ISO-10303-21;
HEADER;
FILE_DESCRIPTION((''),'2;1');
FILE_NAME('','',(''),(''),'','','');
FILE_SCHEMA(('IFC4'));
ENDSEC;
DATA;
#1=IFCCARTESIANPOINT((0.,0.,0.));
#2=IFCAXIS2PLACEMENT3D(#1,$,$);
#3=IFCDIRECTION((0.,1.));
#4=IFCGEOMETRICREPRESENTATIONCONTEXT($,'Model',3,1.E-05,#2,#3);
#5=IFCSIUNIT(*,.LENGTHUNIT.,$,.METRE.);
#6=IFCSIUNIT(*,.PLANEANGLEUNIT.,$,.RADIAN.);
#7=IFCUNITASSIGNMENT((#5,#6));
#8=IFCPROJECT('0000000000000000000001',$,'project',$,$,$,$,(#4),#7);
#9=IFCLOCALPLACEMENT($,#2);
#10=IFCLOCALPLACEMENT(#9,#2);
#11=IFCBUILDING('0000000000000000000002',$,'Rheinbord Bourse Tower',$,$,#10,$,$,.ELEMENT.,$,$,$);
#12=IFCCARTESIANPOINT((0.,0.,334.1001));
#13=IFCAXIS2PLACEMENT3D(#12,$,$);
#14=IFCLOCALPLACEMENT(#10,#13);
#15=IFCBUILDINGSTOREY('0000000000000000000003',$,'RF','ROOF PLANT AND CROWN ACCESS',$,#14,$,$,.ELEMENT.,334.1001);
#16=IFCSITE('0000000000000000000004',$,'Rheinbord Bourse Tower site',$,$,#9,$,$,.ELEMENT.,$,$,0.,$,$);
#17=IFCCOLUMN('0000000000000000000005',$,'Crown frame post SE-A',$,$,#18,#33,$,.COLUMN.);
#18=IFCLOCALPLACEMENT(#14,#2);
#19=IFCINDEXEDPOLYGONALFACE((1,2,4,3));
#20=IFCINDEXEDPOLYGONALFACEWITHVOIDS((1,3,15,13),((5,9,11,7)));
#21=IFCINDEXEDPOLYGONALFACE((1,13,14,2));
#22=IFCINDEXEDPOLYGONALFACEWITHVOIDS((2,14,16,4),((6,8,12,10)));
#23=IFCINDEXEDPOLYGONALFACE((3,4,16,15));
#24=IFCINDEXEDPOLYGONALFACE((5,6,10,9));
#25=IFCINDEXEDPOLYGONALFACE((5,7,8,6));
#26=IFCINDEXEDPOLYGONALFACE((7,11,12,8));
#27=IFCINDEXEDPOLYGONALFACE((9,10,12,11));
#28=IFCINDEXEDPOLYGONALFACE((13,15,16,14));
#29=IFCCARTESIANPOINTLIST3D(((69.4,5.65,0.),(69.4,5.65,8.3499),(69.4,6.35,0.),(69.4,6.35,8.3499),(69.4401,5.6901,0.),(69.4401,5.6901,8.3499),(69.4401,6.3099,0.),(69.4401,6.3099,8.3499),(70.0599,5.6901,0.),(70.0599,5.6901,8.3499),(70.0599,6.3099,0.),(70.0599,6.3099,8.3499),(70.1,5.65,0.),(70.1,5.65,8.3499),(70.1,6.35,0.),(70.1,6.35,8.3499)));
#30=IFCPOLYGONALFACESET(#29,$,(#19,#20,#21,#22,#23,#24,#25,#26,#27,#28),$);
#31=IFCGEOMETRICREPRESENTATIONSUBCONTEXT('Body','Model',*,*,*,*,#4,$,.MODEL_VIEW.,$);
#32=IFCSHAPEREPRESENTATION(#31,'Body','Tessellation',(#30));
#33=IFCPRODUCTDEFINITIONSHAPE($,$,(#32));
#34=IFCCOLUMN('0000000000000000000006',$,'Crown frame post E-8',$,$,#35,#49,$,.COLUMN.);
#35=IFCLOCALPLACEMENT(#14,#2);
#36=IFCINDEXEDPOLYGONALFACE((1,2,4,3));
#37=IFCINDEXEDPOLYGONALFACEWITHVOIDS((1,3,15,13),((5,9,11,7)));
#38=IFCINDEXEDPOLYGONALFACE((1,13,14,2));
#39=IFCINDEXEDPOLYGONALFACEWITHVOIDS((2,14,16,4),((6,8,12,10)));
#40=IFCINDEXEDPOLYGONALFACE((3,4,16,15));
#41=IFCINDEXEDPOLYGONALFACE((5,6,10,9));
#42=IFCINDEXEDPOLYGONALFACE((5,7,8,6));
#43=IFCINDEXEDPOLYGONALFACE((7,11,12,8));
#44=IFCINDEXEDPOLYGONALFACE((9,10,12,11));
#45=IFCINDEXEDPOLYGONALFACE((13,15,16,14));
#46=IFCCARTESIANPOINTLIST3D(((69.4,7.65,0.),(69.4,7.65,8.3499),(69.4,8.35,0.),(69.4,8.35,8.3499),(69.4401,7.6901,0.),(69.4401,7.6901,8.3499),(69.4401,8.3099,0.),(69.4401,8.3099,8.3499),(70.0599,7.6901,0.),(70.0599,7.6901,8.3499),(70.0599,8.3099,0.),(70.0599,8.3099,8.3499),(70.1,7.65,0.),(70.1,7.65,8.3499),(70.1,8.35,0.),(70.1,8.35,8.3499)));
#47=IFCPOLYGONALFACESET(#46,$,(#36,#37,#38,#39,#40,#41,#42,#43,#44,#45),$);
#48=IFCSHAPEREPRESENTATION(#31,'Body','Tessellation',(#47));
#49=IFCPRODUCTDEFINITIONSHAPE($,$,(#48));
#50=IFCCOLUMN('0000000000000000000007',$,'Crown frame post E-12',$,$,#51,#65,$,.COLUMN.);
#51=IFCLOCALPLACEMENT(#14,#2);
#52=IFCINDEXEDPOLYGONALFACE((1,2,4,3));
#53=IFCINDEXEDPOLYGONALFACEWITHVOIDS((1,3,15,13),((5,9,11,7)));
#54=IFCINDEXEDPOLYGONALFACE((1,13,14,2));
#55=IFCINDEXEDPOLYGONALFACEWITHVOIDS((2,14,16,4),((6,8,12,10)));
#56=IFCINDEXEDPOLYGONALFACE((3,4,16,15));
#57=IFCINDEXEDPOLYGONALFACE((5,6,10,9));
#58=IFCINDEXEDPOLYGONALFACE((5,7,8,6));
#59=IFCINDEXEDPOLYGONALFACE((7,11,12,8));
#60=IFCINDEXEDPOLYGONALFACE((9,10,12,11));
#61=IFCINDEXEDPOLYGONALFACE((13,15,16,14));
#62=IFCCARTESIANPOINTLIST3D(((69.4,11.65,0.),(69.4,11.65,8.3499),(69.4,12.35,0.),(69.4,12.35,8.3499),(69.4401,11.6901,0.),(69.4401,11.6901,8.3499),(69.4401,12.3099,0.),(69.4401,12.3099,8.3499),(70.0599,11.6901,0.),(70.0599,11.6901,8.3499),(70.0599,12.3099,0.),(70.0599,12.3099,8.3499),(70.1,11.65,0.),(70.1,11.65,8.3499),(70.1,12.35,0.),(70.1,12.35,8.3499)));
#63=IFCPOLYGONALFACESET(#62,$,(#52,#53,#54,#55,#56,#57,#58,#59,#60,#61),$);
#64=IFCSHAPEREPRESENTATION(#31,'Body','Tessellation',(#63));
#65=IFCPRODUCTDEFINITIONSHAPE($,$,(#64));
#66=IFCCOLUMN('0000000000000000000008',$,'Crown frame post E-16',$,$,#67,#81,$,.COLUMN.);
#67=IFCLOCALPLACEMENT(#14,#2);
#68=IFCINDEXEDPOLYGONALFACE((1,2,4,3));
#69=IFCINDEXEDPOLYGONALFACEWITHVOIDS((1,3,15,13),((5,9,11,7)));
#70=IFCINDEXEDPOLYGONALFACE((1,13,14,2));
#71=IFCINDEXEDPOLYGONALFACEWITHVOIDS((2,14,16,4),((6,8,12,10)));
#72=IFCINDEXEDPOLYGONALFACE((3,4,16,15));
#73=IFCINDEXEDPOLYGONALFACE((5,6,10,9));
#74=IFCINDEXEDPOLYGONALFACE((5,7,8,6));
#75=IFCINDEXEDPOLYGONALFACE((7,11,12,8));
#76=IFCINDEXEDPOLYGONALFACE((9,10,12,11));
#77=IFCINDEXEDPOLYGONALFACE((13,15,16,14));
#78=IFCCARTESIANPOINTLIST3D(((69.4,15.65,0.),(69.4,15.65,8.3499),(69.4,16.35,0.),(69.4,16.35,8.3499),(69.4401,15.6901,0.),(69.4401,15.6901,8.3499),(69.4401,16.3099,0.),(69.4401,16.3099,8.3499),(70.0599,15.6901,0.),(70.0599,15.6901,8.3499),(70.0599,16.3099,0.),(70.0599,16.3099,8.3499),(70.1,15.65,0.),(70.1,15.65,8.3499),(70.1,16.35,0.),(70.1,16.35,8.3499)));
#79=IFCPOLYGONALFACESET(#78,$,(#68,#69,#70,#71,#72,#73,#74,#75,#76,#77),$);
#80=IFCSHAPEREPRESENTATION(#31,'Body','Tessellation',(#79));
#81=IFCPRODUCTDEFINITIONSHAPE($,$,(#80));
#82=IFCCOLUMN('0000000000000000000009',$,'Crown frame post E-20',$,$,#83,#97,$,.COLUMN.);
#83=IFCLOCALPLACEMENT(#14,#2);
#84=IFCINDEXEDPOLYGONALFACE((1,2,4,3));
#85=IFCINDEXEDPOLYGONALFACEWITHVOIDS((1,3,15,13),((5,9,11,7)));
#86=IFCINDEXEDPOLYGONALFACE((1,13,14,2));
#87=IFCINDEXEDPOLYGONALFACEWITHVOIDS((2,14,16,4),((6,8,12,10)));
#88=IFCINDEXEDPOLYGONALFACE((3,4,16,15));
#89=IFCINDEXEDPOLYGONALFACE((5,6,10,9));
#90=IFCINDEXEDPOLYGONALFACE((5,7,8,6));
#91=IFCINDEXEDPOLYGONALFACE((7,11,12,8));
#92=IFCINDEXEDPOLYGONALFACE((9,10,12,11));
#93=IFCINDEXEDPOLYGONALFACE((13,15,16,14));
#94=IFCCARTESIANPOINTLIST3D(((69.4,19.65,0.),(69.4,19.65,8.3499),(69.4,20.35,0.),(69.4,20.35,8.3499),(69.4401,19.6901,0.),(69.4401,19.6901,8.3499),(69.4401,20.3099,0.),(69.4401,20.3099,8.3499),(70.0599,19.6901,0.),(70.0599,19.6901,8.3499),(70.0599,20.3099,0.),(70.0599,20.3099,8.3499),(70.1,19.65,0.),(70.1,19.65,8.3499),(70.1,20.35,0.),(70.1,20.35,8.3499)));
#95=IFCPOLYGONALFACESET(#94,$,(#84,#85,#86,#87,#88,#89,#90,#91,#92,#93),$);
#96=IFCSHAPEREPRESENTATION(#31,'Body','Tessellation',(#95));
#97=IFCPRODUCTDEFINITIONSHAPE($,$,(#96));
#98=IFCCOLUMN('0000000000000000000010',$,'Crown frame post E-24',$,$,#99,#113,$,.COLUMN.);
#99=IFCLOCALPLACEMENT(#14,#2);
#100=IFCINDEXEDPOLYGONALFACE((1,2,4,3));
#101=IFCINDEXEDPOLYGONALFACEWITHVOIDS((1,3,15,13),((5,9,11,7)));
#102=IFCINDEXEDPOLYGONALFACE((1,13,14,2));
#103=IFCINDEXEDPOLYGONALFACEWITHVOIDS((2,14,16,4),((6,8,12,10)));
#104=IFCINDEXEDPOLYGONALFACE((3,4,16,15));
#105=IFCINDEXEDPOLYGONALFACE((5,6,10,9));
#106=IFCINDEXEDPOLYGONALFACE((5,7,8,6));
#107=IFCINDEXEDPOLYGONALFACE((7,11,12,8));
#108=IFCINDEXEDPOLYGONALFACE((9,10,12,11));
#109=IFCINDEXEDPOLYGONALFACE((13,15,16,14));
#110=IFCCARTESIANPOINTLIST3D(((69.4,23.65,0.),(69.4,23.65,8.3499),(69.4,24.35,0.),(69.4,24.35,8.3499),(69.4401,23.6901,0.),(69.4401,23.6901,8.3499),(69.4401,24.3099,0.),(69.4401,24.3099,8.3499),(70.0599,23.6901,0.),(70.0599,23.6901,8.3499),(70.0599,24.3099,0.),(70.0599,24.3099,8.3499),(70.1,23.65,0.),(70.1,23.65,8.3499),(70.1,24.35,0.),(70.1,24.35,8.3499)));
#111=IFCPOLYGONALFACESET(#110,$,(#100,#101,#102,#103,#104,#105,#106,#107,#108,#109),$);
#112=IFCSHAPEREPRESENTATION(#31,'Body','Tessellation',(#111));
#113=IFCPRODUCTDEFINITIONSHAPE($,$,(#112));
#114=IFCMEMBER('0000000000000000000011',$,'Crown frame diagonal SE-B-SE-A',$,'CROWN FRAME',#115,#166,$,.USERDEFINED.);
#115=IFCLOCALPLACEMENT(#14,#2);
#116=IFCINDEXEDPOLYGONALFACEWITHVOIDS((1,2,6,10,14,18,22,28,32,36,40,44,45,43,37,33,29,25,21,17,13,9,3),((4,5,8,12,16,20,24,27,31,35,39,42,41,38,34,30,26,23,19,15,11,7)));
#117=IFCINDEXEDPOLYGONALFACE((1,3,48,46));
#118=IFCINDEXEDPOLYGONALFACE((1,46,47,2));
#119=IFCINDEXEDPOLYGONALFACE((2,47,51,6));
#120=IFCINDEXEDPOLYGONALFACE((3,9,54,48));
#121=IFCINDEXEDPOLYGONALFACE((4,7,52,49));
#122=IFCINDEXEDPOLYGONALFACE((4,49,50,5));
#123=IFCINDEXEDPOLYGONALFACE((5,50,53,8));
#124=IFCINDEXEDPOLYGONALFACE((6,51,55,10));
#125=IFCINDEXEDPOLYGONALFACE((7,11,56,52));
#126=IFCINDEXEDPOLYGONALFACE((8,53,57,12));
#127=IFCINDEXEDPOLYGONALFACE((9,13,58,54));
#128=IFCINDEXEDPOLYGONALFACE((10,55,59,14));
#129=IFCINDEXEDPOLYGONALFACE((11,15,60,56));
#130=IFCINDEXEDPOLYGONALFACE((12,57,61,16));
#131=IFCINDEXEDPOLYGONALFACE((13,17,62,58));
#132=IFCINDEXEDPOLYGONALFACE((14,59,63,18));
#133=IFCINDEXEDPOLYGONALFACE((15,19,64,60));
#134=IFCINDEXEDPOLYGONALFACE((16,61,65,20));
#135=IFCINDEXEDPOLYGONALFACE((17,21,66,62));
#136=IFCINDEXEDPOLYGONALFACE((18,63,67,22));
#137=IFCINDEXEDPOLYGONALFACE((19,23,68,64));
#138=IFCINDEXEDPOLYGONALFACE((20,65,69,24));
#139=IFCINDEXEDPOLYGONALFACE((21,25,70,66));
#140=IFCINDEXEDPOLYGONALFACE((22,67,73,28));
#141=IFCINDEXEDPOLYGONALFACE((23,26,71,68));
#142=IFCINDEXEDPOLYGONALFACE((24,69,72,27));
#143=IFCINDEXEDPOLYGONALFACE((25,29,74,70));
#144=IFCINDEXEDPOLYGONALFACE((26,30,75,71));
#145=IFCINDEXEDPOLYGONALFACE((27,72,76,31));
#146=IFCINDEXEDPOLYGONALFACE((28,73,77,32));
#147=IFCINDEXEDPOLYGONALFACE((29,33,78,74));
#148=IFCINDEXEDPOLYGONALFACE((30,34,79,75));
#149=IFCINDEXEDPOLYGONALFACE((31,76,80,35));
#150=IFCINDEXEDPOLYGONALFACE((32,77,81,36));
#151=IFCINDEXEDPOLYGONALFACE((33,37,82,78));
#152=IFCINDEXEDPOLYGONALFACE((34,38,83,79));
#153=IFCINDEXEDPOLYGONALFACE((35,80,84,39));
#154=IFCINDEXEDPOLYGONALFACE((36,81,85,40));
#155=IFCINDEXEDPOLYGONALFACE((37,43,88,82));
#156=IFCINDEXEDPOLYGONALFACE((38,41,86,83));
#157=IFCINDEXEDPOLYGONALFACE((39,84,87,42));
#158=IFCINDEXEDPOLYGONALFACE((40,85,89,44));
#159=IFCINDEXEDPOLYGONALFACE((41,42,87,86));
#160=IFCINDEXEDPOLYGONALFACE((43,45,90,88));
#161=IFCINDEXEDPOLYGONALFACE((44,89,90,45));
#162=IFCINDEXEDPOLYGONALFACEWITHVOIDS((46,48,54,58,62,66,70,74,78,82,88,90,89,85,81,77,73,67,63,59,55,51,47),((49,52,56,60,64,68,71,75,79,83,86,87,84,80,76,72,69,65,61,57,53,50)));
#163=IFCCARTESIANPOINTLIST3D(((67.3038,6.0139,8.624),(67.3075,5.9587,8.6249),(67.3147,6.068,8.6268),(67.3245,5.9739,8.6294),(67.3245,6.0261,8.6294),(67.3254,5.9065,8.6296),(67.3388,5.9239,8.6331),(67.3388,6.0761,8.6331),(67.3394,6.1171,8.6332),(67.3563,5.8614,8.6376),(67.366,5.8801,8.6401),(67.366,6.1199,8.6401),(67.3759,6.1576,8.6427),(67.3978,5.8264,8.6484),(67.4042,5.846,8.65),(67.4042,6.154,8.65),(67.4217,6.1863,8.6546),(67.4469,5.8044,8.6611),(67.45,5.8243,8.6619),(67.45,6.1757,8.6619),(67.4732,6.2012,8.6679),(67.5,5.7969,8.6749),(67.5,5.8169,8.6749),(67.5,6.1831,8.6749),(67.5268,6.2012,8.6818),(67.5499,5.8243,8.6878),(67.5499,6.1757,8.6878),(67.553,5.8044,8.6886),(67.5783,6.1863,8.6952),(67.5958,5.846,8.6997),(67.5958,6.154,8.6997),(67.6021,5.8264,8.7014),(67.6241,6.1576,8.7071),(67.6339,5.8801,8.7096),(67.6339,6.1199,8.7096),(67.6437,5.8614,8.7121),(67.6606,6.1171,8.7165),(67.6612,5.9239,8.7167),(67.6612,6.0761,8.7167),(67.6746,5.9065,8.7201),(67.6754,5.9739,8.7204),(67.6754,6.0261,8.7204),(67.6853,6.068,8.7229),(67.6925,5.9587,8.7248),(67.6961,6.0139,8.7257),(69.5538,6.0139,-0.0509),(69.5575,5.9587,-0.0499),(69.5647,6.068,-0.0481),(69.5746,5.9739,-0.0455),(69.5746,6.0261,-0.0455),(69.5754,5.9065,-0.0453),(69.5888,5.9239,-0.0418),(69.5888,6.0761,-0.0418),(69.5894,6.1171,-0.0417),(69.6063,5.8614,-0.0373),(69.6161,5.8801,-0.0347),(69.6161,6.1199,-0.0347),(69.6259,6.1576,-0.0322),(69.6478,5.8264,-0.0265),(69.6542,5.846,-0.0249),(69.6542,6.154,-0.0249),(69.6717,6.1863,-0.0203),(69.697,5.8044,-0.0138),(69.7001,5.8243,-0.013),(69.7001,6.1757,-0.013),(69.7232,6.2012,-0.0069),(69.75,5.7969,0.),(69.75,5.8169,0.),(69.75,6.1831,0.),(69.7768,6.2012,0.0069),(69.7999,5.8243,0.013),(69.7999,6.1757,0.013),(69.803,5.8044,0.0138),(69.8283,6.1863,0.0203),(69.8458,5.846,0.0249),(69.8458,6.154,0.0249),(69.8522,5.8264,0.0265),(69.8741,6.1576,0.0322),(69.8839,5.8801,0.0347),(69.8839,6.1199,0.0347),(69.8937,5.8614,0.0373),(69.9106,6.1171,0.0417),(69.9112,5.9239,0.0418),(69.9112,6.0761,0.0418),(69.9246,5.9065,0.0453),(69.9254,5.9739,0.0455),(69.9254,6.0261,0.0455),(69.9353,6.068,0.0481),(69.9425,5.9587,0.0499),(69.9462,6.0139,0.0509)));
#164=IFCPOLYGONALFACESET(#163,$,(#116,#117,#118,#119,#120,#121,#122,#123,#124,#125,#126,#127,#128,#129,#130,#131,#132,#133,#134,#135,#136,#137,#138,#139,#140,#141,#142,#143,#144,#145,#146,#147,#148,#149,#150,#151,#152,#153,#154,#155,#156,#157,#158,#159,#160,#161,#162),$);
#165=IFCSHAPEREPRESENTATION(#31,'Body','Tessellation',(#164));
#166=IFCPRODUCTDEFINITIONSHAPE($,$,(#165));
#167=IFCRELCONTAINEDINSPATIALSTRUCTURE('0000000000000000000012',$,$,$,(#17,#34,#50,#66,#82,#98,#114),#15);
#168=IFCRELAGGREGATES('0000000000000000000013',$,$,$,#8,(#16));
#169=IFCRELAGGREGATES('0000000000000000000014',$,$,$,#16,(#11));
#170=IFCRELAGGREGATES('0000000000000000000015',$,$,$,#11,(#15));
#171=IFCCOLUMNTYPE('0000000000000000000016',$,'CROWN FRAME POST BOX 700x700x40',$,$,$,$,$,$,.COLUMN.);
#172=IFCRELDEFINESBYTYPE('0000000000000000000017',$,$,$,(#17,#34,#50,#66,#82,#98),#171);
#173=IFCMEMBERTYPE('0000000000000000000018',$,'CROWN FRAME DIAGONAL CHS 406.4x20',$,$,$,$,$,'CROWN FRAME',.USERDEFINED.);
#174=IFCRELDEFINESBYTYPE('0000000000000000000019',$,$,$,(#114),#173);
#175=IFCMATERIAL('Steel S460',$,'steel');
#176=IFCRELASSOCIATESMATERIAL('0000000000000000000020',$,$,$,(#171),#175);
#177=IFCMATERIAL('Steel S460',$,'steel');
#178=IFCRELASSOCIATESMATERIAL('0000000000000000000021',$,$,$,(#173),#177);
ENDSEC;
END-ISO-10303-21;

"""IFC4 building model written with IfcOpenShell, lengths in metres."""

from ifc_helpers import new_model, si_unit, direction, frame, origin, origin_2d, place, context, subcontext, project, spatial, hollow_rectangle, hollow_circle, extrude, material, material_profile, profile_set, type_object, element, save


model = new_model("IFC4")

# Units and contexts
model_context = context("Model", 3, precision=1e-05, world=origin(), true_north=direction((0.0, 1.0)))
body_context = subcontext(model_context, "Body", "Model", "MODEL_VIEW")
ifc_project = project(units=[si_unit("LENGTHUNIT", "METRE"), si_unit("PLANEANGLEUNIT", "RADIAN")], contexts=[model_context])

# Site, building, storey
site_placement = place(None, origin())
site = spatial("IfcSite", under=ifc_project, at=site_placement, Name="Rheinbord Bourse Tower site", CompositionType="ELEMENT", RefElevation=0.0)
building_placement = place(site_placement, origin())
building = spatial("IfcBuilding", under=site, at=building_placement, Name="Rheinbord Bourse Tower", CompositionType="ELEMENT")
storey_placement = place(building_placement, frame((0.0, 0.0, 334.1001)))
storey = spatial("IfcBuildingStorey", under=building, at=storey_placement, Name="RF", Description="ROOF PLANT AND CROWN ACCESS", CompositionType="ELEMENT", Elevation=334.1001)

# Columns
ifc_material_1 = material(Name="Steel S460", Category="steel")
ifc_material_profile_1 = material_profile(ifc_material_1, hollow_rectangle(XDim=0.7, YDim=0.7, WallThickness=0.04, at=origin_2d()), Name="BOX 700x700x40")
ifc_profile_set_1 = profile_set([ifc_material_profile_1], Name="Steel S460")
column_type = type_object("IfcColumnType", Name="CROWN FRAME POST BOX 700x700x40", PredefinedType="COLUMN", material=ifc_profile_set_1)
for number, where, z_axis, x_axis, name in (
    (1, (69.75, 6.0, 0.0), (0.0, 0.0, 1.0), (1.0, 0.0, 0.0), "Crown frame post SE-A"),
    (2, (69.75, 8.0, 0.0), (0.0, 0.0, 1.0), (1.0, 0.0, 0.0), "Crown frame post E-8"),
    (3, (69.75, 12.0, 0.0), (0.0, 0.0, 1.0), (1.0, 0.0, 0.0), "Crown frame post E-12"),
    (4, (69.75, 16.0, 0.0), (0.0, 0.0, 1.0), (1.0, 0.0, 0.0), "Crown frame post E-16"),
    (5, (69.75, 20.0, 0.0), (0.0, 0.0, 1.0), (1.0, 0.0, 0.0), "Crown frame post E-20"),
    (6, (69.75, 24.0, 0.0), (0.0, 0.0, 1.0), (1.0, 0.0, 0.0), "Crown frame post E-24"),
):
    element("IfcColumn", number, at=place(storey_placement, frame(where, z_axis=z_axis, x_axis=x_axis)), inside=storey, type_object=column_type, Name=name, PredefinedType="COLUMN", context=body_context, shape_type="SweptSolid", body=[
        extrude(hollow_rectangle(XDim=0.7, YDim=0.7, WallThickness=0.04, at=origin_2d()), origin(), (0.0, 0.0, 1.0), 8.3499),
    ])

# Member
ifc_material_2 = material(Name="Steel S460", Category="steel")
ifc_material_profile_2 = material_profile(ifc_material_2, hollow_circle(Radius=0.2031, WallThickness=0.02, at=origin_2d()), Name="CHS 406.4x20")
ifc_profile_set_2 = profile_set([ifc_material_profile_2], Name="Steel S460")
member_type = type_object("IfcMemberType", Name="CROWN FRAME DIAGONAL CHS 406.4x20", ElementType="CROWN FRAME", PredefinedType="USERDEFINED", material=ifc_profile_set_2)
member_1_placement = place(storey_placement, frame((69.75, 6.0, 0.0), z_axis=(-0.251064, 0.0, 0.96797), x_axis=(0.0, -1.0, 0.0)))
element("IfcMember", 7, at=member_1_placement, inside=storey, type_object=member_type, Name="Crown frame diagonal SE-B-SE-A", ObjectType="CROWN FRAME", PredefinedType="USERDEFINED", context=body_context, shape_type="SweptSolid", body=[
    extrude(hollow_circle(Radius=0.2031, WallThickness=0.02, at=origin_2d()), origin(), (0.0, 0.0, 1.0), 8.9619),
])

save(model, "model.ifc")
